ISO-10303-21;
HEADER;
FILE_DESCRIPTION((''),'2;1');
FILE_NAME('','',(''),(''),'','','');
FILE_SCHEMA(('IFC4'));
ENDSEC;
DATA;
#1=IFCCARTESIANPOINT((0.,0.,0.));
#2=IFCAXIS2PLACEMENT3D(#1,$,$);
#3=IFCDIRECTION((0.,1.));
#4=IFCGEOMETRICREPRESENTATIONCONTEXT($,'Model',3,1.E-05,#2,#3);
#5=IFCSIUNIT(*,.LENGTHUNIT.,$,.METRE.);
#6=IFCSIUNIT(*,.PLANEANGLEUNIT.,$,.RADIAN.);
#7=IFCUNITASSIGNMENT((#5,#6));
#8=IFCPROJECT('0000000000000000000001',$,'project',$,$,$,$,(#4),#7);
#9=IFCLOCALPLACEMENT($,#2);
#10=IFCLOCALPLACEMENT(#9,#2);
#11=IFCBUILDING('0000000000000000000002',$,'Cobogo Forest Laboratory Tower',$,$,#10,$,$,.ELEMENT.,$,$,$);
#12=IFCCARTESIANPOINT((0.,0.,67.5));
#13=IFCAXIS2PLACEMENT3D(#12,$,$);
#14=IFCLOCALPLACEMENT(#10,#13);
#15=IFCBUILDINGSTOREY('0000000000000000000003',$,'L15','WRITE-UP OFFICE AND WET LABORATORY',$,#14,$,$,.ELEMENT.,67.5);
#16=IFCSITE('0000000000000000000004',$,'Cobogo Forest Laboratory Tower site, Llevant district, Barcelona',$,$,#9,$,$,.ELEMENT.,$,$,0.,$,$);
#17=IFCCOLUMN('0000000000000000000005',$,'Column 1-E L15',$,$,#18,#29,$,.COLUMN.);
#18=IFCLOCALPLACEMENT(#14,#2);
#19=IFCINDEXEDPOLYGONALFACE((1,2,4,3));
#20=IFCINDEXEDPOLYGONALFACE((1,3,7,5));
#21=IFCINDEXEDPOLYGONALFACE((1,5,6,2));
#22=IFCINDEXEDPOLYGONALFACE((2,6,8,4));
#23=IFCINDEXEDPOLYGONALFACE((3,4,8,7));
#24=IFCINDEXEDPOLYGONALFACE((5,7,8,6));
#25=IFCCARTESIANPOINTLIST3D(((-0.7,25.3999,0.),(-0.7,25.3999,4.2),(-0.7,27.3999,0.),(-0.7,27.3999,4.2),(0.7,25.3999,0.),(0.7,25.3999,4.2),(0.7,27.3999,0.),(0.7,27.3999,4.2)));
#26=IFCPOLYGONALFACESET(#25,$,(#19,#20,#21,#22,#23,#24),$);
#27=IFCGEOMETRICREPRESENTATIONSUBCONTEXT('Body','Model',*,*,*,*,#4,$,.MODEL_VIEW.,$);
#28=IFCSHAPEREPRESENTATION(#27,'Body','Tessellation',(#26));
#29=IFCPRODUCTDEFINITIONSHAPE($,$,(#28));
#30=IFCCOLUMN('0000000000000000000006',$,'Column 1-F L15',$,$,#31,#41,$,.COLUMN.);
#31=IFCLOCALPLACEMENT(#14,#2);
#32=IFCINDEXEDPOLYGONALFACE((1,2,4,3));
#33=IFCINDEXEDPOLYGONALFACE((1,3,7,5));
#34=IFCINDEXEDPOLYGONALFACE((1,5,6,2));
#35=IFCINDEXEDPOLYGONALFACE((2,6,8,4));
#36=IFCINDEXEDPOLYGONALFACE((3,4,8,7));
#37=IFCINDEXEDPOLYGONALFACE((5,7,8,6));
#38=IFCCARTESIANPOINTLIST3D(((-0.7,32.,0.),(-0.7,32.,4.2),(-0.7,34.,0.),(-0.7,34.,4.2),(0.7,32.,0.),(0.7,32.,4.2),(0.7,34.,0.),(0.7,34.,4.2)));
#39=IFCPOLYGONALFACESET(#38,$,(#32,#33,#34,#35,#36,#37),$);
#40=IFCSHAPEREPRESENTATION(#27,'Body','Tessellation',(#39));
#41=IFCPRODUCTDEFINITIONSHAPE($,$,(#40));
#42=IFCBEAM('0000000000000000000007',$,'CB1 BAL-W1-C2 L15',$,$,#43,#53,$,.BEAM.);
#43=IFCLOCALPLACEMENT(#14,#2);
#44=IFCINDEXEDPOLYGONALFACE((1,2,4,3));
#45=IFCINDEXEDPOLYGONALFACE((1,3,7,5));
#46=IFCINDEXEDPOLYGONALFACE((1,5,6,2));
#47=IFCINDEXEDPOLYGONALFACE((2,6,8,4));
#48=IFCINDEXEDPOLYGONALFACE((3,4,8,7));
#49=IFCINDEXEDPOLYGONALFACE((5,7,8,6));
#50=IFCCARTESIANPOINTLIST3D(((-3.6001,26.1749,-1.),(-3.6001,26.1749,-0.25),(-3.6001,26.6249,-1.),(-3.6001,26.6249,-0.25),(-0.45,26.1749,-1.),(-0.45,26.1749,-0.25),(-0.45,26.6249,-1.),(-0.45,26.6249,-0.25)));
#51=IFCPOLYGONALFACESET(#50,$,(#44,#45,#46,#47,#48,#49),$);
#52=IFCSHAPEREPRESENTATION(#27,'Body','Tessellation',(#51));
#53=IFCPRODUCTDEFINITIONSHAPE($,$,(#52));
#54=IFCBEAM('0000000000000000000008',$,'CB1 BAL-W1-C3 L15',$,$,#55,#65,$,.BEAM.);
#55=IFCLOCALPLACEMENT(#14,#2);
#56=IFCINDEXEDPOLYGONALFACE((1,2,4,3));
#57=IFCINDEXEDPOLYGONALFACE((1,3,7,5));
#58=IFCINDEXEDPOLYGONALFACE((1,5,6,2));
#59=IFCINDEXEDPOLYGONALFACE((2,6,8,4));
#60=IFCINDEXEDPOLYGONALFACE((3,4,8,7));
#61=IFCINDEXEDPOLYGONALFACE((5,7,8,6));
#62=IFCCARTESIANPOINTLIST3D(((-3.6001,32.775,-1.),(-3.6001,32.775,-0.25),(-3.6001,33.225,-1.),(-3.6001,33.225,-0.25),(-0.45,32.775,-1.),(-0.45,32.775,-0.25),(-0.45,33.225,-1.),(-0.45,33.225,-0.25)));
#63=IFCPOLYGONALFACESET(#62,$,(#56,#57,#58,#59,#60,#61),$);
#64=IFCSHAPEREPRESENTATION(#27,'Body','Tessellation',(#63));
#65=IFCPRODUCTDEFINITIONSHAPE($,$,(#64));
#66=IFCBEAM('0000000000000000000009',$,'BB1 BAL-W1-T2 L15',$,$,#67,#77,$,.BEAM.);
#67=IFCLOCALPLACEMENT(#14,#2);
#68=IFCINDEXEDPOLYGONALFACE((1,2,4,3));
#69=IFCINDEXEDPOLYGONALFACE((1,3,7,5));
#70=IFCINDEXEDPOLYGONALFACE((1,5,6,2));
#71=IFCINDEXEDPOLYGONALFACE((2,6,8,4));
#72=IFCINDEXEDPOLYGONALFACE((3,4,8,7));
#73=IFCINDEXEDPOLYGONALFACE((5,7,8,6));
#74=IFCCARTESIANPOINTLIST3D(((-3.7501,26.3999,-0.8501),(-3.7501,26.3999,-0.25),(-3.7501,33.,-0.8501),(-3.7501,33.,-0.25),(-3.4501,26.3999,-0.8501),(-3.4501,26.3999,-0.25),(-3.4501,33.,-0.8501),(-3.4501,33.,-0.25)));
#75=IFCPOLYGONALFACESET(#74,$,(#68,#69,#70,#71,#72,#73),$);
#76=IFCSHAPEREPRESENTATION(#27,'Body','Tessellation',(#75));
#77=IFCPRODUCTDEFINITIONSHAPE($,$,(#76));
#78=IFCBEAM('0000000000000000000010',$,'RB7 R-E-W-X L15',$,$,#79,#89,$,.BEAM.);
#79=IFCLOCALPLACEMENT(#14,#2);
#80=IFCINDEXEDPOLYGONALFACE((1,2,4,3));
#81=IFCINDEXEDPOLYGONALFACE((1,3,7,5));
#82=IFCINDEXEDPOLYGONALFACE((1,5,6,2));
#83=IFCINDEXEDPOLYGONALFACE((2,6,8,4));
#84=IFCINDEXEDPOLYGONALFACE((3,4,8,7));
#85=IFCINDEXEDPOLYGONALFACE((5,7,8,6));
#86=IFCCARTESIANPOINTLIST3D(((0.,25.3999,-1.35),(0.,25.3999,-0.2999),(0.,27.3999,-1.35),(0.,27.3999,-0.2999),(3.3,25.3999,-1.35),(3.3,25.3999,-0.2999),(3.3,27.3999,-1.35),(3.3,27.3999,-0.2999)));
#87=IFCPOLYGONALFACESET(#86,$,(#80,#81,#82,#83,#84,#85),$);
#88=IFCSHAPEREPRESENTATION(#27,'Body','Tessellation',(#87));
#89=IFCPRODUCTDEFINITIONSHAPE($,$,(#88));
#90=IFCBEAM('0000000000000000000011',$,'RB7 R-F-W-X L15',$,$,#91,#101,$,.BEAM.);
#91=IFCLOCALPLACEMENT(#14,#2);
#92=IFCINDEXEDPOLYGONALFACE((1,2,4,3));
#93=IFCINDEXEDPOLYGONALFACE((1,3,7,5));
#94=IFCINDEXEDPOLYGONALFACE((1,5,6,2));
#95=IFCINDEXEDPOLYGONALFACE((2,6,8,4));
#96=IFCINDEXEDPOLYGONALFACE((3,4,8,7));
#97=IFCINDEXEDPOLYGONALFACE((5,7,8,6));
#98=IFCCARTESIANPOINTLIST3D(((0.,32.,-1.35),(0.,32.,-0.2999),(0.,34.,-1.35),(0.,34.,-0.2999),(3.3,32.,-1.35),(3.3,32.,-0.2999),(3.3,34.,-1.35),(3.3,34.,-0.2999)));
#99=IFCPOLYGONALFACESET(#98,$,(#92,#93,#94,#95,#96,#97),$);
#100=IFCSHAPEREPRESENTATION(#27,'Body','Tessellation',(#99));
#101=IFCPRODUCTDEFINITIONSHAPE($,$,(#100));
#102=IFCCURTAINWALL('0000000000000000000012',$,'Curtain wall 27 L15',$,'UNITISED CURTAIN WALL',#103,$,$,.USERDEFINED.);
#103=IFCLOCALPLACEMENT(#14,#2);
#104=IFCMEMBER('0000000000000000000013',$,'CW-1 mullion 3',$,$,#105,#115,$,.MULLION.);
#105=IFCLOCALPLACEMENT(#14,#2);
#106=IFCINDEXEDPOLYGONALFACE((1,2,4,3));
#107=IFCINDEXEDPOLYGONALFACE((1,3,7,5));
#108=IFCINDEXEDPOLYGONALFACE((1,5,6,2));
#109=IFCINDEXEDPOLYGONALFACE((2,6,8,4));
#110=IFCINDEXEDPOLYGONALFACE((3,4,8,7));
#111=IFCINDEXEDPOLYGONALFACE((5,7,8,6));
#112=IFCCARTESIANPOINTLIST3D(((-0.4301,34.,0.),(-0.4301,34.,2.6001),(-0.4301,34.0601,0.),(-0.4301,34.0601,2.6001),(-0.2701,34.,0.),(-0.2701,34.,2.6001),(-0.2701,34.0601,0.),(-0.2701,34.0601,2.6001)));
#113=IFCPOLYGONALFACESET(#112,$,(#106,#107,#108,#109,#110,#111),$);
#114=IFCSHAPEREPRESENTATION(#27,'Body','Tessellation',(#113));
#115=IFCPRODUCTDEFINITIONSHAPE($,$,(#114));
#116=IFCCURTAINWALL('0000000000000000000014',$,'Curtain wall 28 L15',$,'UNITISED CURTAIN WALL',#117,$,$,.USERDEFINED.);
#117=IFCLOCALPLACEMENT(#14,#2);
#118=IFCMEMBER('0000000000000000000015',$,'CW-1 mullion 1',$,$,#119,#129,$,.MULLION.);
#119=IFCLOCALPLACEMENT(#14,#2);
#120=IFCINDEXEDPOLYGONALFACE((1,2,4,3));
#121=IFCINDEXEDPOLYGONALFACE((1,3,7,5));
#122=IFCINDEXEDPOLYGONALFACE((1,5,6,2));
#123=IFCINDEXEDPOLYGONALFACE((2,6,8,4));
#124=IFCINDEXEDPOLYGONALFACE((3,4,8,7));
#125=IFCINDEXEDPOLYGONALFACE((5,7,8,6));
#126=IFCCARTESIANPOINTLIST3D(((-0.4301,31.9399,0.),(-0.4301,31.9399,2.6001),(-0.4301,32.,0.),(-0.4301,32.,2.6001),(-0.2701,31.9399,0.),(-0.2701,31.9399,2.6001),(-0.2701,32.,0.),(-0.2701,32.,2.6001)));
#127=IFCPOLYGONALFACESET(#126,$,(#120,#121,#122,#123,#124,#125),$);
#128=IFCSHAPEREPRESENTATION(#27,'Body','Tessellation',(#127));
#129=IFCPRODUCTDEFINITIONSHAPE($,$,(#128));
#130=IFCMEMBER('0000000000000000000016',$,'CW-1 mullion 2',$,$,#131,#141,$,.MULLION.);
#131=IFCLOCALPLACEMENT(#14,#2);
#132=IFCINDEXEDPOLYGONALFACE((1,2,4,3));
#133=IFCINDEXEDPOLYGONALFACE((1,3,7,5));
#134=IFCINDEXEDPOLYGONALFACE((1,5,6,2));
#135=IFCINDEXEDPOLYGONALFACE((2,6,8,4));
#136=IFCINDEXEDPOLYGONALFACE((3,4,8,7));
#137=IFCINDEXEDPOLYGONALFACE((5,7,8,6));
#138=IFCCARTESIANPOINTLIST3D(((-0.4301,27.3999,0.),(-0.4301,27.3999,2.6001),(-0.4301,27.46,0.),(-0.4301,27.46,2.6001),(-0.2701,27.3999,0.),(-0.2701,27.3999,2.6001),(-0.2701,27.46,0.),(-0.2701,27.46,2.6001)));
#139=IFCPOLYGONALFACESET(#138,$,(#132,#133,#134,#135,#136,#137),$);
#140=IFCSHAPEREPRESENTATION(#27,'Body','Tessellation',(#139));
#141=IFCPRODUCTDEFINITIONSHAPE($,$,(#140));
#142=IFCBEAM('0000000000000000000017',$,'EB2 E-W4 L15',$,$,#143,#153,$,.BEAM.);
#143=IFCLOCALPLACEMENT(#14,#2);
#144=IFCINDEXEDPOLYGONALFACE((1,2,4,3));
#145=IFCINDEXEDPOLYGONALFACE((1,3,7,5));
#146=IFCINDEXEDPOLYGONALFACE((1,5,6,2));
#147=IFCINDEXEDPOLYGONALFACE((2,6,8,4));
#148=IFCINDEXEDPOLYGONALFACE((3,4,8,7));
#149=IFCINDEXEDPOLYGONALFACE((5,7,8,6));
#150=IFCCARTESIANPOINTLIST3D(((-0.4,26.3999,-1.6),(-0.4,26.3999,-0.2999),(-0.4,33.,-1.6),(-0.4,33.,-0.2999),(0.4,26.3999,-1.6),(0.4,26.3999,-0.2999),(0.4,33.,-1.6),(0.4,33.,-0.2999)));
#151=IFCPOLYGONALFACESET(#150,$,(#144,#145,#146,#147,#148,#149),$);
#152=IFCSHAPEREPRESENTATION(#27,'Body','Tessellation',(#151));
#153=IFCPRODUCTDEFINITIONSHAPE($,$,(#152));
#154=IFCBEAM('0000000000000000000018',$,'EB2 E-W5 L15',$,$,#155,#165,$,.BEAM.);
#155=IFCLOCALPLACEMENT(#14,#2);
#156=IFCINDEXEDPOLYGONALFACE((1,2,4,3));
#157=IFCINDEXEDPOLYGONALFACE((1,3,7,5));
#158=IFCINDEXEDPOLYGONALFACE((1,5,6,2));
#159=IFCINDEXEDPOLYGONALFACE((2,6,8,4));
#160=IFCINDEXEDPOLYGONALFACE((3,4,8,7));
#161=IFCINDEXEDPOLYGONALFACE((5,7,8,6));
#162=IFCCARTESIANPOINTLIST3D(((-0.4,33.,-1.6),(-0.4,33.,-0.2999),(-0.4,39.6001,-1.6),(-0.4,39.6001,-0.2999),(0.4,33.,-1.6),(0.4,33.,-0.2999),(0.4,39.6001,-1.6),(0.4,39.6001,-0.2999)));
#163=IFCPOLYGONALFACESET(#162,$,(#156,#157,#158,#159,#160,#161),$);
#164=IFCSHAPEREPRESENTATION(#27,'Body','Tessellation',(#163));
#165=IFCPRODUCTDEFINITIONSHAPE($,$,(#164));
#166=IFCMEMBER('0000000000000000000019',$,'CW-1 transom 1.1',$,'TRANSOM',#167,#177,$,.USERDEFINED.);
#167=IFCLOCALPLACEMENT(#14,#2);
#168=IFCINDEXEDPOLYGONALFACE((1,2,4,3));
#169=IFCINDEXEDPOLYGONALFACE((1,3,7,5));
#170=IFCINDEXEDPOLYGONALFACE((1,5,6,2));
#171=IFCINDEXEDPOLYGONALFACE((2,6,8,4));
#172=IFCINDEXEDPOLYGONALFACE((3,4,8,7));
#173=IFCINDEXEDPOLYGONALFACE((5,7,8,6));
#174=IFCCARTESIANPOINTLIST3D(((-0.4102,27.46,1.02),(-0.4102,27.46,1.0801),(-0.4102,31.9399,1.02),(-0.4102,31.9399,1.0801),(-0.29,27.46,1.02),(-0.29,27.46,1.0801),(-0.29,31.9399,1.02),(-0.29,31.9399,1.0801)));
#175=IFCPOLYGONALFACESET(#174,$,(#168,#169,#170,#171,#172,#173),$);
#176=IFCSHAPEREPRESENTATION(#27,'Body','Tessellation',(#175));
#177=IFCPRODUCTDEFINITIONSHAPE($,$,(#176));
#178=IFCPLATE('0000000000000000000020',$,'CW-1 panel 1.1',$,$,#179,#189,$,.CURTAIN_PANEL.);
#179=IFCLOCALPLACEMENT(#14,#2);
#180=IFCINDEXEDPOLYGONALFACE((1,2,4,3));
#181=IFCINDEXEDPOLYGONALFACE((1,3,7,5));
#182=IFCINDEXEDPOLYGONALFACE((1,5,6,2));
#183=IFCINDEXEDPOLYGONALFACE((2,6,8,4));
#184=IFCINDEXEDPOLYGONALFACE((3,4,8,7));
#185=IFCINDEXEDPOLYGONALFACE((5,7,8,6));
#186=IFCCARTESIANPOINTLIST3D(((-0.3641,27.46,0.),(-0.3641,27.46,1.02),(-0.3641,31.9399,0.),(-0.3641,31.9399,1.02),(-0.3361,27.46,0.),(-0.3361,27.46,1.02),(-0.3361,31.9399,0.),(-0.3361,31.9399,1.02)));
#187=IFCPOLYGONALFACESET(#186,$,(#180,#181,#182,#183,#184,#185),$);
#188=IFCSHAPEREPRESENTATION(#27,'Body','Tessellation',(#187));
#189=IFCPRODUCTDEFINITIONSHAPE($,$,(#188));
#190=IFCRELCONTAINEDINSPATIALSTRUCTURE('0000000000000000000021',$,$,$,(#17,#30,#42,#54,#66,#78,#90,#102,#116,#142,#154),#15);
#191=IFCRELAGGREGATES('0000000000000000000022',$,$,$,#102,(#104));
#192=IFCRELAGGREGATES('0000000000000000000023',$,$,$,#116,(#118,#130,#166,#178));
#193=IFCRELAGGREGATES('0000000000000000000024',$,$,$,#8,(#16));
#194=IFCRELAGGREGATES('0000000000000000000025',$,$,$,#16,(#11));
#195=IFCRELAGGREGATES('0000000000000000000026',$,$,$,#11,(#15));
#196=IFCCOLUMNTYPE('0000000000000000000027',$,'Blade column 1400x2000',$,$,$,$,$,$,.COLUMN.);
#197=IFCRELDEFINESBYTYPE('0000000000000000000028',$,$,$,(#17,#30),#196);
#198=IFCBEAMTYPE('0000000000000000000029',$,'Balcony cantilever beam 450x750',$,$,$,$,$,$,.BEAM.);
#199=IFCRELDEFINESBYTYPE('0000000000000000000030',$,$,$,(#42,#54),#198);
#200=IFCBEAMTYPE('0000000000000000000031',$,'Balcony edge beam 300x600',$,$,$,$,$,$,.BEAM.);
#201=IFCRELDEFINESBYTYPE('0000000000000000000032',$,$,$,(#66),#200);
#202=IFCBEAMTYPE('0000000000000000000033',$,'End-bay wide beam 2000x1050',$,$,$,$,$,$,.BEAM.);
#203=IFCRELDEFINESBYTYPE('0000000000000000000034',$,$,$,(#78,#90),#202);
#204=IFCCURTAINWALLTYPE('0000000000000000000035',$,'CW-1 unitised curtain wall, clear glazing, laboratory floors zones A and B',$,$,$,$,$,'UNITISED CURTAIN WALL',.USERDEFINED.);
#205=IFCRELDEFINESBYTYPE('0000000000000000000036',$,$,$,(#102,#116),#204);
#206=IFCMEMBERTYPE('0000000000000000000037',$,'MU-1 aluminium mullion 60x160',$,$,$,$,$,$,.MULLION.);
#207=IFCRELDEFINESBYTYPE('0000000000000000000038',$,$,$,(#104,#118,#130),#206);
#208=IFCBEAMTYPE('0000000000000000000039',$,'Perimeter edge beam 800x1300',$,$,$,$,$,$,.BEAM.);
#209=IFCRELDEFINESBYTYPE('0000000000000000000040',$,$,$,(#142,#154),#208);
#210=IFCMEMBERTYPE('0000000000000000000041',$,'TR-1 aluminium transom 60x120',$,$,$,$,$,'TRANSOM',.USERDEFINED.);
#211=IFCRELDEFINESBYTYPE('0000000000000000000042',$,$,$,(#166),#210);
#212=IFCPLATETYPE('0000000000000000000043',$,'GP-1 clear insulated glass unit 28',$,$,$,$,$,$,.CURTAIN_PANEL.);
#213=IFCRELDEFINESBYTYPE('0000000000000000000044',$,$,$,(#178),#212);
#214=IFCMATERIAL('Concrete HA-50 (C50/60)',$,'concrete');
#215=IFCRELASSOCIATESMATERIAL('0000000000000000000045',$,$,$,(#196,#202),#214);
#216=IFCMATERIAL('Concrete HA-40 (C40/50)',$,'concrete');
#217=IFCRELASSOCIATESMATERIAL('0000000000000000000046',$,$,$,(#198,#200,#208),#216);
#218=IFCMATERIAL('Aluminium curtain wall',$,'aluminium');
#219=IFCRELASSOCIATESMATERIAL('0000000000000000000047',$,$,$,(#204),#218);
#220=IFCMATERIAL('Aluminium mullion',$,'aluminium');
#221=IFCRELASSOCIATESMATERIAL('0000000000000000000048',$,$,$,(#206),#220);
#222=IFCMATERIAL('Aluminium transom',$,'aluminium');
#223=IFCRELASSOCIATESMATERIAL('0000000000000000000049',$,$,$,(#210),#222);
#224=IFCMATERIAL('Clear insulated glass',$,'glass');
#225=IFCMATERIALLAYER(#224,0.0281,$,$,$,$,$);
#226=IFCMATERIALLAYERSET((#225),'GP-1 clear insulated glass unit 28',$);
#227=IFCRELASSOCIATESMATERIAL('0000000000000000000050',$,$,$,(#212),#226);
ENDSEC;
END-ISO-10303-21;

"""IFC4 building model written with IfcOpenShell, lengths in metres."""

from ifc_helpers import new_model, si_unit, direction, frame, origin, origin_2d, place, context, subcontext, project, spatial, rectangle, extrude, material, layer, layer_set, material_profile, profile_set, type_object, element, aggregate, save


model = new_model("IFC4")

# Units and contexts
model_context = context("Model", 3, precision=1e-05, world=origin(), true_north=direction((0.0, 1.0)))
body_context = subcontext(model_context, "Body", "Model", "MODEL_VIEW")
ifc_project = project(units=[si_unit("LENGTHUNIT", "METRE"), si_unit("PLANEANGLEUNIT", "RADIAN")], contexts=[model_context])

# Site, building, storey
site_placement = place(None, origin())
site = spatial("IfcSite", under=ifc_project, at=site_placement, Name="Cobogo Forest Laboratory Tower site, Llevant district, Barcelona", CompositionType="ELEMENT", RefElevation=0.0)
building_placement = place(site_placement, origin())
building = spatial("IfcBuilding", under=site, at=building_placement, Name="Cobogo Forest Laboratory Tower", CompositionType="ELEMENT")
storey_placement = place(building_placement, frame((0.0, 0.0, 67.5)))
storey = spatial("IfcBuildingStorey", under=building, at=storey_placement, Name="L15", Description="WRITE-UP OFFICE AND WET LABORATORY", CompositionType="ELEMENT", Elevation=67.5)

# Columns
ifc_material_1 = material(Name="Concrete HA-50 (C50/60)", Category="concrete")
ifc_material_profile_1 = material_profile(ifc_material_1, rectangle(XDim=2.0, YDim=1.3999, at=origin_2d()), Name="RC 1400x2000")
ifc_profile_set_1 = profile_set([ifc_material_profile_1], Name="Concrete HA-50 (C50/60)")
column_type = type_object("IfcColumnType", Name="Blade column 1400x2000", PredefinedType="COLUMN", material=ifc_profile_set_1)
for number, where, z_axis, x_axis, name in (
    (1, (0.0, 26.3999, 0.0), (0.0, 0.0, 1.0), (0.0, 1.0, 0.0), "Column 1-E L15"),
    (2, (0.0, 33.0, 0.0), (0.0, 0.0, 1.0), (0.0, 1.0, 0.0), "Column 1-F L15"),
):
    element("IfcColumn", number, at=place(storey_placement, frame(where, z_axis=z_axis, x_axis=x_axis)), inside=storey, type_object=column_type, Name=name, PredefinedType="COLUMN", context=body_context, shape_type="SweptSolid", body=[
        extrude(rectangle(XDim=2.0, YDim=1.3999, at=origin_2d()), origin(), (0.0, 0.0, 1.0), 4.2),
    ])

# Beams
ifc_material_2 = material(Name="Concrete HA-40 (C40/50)", Category="concrete")
ifc_material_profile_2 = material_profile(ifc_material_2, rectangle(XDim=0.45, YDim=0.75, at=origin_2d()), Name="RC 450x750")
ifc_profile_set_2 = profile_set([ifc_material_profile_2], Name="Concrete HA-40 (C40/50)")
beam_type_1 = type_object("IfcBeamType", Name="Balcony cantilever beam 450x750", PredefinedType="BEAM", material=ifc_profile_set_2)
for number, where, z_axis, x_axis, name in (
    (3, (-0.45, 26.3999, -0.625), (-1.0, 0.0, 0.0), (0.0, -1.0, 0.0), "CB1 BAL-W1-C2 L15"),
    (4, (-0.45, 33.0, -0.625), (-1.0, 0.0, 0.0), (0.0, -1.0, 0.0), "CB1 BAL-W1-C3 L15"),
):
    element("IfcBeam", number, at=place(storey_placement, frame(where, z_axis=z_axis, x_axis=x_axis)), inside=storey, type_object=beam_type_1, Name=name, PredefinedType="BEAM", context=body_context, shape_type="SweptSolid", body=[
        extrude(rectangle(XDim=0.45, YDim=0.75, at=origin_2d()), origin(), (0.0, 0.0, 1.0), 3.1501),
    ])
ifc_material_profile_3 = material_profile(ifc_material_2, rectangle(XDim=0.3, YDim=0.6001, at=origin_2d()), Name="RC 300x600")
ifc_profile_set_3 = profile_set([ifc_material_profile_3], Name="Concrete HA-40 (C40/50)")
beam_type_2 = type_object("IfcBeamType", Name="Balcony edge beam 300x600", PredefinedType="BEAM", material=ifc_profile_set_3)
beam_placement = place(storey_placement, frame((-3.6001, 26.3999, -0.55), z_axis=(0.0, 1.0, 0.0), x_axis=(-1.0, 0.0, 0.0)))
element("IfcBeam", 5, at=beam_placement, inside=storey, type_object=beam_type_2, Name="BB1 BAL-W1-T2 L15", PredefinedType="BEAM", context=body_context, shape_type="SweptSolid", body=[
    extrude(rectangle(XDim=0.3, YDim=0.6001, at=origin_2d()), origin(), (0.0, 0.0, 1.0), 6.6001),
])
ifc_material_profile_4 = material_profile(ifc_material_1, rectangle(XDim=2.0, YDim=1.05, at=origin_2d()), Name="RC 2000x1050")
ifc_profile_set_4 = profile_set([ifc_material_profile_4], Name="Concrete HA-50 (C50/60)")
beam_type_3 = type_object("IfcBeamType", Name="End-bay wide beam 2000x1050", PredefinedType="BEAM", material=ifc_profile_set_4)
for number, where, z_axis, x_axis, name in (
    (6, (0.0, 26.3999, -0.825), (1.0, 0.0, 0.0), (0.0, 1.0, 0.0), "RB7 R-E-W-X L15"),
    (7, (0.0, 33.0, -0.825), (1.0, 0.0, 0.0), (0.0, 1.0, 0.0), "RB7 R-F-W-X L15"),
):
    element("IfcBeam", number, at=place(storey_placement, frame(where, z_axis=z_axis, x_axis=x_axis)), inside=storey, type_object=beam_type_3, Name=name, PredefinedType="BEAM", context=body_context, shape_type="SweptSolid", body=[
        extrude(rectangle(XDim=2.0, YDim=1.05, at=origin_2d()), origin(), (0.0, 0.0, 1.0), 3.3),
    ])

# Curtain wall, member
ifc_material_3 = material(Name="Aluminium curtain wall", Category="aluminium")
curtain_wall_type = type_object("IfcCurtainWallType", Name="CW-1 unitised curtain wall, clear glazing, laboratory floors zones A and B", ElementType="UNITISED CURTAIN WALL", PredefinedType="USERDEFINED", material=ifc_material_3)
curtain_wall_1_placement = place(storey_placement, origin())
curtain_wall_1 = element("IfcCurtainWall", 8, at=curtain_wall_1_placement, inside=storey, type_object=curtain_wall_type, Name="Curtain wall 27 L15", ObjectType="UNITISED CURTAIN WALL", PredefinedType="USERDEFINED")
ifc_material_4 = material(Name="Aluminium mullion", Category="aluminium")
ifc_material_profile_5 = material_profile(ifc_material_4, rectangle(XDim=0.0601, YDim=0.1599, at=origin_2d()), Name="AL 60x160")
ifc_profile_set_5 = profile_set([ifc_material_profile_5], Name="Aluminium mullion")
member_type_1 = type_object("IfcMemberType", Name="MU-1 aluminium mullion 60x160", PredefinedType="MULLION", material=ifc_profile_set_5)
member_1_placement = place(storey_placement, frame((-0.3501, 34.03, 0.0), z_axis=(0.0, 0.0, 1.0), x_axis=(0.0, -1.0, 0.0)))
member_1 = element("IfcMember", 9, at=member_1_placement, type_object=member_type_1, Name="CW-1 mullion 3", PredefinedType="MULLION", context=body_context, shape_type="SweptSolid", body=[
    extrude(rectangle(XDim=0.0601, YDim=0.1599, at=origin_2d()), origin(), (0.0, 0.0, 1.0), 2.6001),
])
aggregate(curtain_wall_1, [member_1])

# Curtain wall, members
curtain_wall_2_placement = place(storey_placement, origin())
curtain_wall_2 = element("IfcCurtainWall", 10, at=curtain_wall_2_placement, inside=storey, type_object=curtain_wall_type, Name="Curtain wall 28 L15", ObjectType="UNITISED CURTAIN WALL", PredefinedType="USERDEFINED")
member_2_placement = place(storey_placement, frame((-0.3501, 31.97, 0.0), z_axis=(0.0, 0.0, 1.0), x_axis=(0.0, -1.0, 0.0)))
member_2 = element("IfcMember", 11, at=member_2_placement, type_object=member_type_1, Name="CW-1 mullion 1", PredefinedType="MULLION", context=body_context, shape_type="SweptSolid", body=[
    extrude(rectangle(XDim=0.0601, YDim=0.1599, at=origin_2d()), origin(), (0.0, 0.0, 1.0), 2.6001),
])
member_3_placement = place(storey_placement, frame((-0.3501, 27.4299, 0.0), z_axis=(0.0, 0.0, 1.0), x_axis=(0.0, -1.0, 0.0)))
member_3 = element("IfcMember", 12, at=member_3_placement, type_object=member_type_1, Name="CW-1 mullion 2", PredefinedType="MULLION", context=body_context, shape_type="SweptSolid", body=[
    extrude(rectangle(XDim=0.0601, YDim=0.1599, at=origin_2d()), origin(), (0.0, 0.0, 1.0), 2.6001),
])

# Beams
ifc_material_profile_6 = material_profile(ifc_material_2, rectangle(XDim=0.8, YDim=1.3, at=origin_2d()), Name="RC 800x1300")
ifc_profile_set_6 = profile_set([ifc_material_profile_6], Name="Concrete HA-40 (C40/50)")
beam_type_4 = type_object("IfcBeamType", Name="Perimeter edge beam 800x1300", PredefinedType="BEAM", material=ifc_profile_set_6)
for number, where, z_axis, x_axis, name in (
    (13, (0.0, 26.3999, -0.95), (0.0, 1.0, 0.0), (-1.0, 0.0, 0.0), "EB2 E-W4 L15"),
    (14, (0.0, 33.0, -0.95), (0.0, 1.0, 0.0), (-1.0, 0.0, 0.0), "EB2 E-W5 L15"),
):
    element("IfcBeam", number, at=place(storey_placement, frame(where, z_axis=z_axis, x_axis=x_axis)), inside=storey, type_object=beam_type_4, Name=name, PredefinedType="BEAM", context=body_context, shape_type="SweptSolid", body=[
        extrude(rectangle(XDim=0.8, YDim=1.3, at=origin_2d()), origin(), (0.0, 0.0, 1.0), 6.6001),
    ])

# Member
ifc_material_5 = material(Name="Aluminium transom", Category="aluminium")
ifc_material_profile_7 = material_profile(ifc_material_5, rectangle(XDim=0.1201, YDim=0.0601, at=origin_2d()), Name="AL 60x120")
ifc_profile_set_7 = profile_set([ifc_material_profile_7], Name="Aluminium transom")
member_type_2 = type_object("IfcMemberType", Name="TR-1 aluminium transom 60x120", ElementType="TRANSOM", PredefinedType="USERDEFINED", material=ifc_profile_set_7)
member_4_placement = place(storey_placement, frame((-0.3501, 31.9399, 1.05), z_axis=(0.0, -1.0, 0.0), x_axis=(1.0, 0.0, 0.0)))
member_4 = element("IfcMember", 15, at=member_4_placement, type_object=member_type_2, Name="CW-1 transom 1.1", ObjectType="TRANSOM", PredefinedType="USERDEFINED", context=body_context, shape_type="SweptSolid", body=[
    extrude(rectangle(XDim=0.1201, YDim=0.0601, at=origin_2d()), origin(), (0.0, 0.0, 1.0), 4.48),
])

# Plate
ifc_material_6 = material(Name="Clear insulated glass", Category="glass")
ifc_layer_1 = layer(ifc_material_6, 0.0281)
ifc_layer_set_1 = layer_set([ifc_layer_1], Name="GP-1 clear insulated glass unit 28")
plate_type = type_object("IfcPlateType", Name="GP-1 clear insulated glass unit 28", PredefinedType="CURTAIN_PANEL", material=ifc_layer_set_1)
plate_1_placement = place(storey_placement, frame((-0.3501, 29.7, 0.0), z_axis=(0.0, 0.0, 1.0), x_axis=(0.0, -1.0, 0.0)))
plate_1 = element("IfcPlate", 16, at=plate_1_placement, type_object=plate_type, Name="CW-1 panel 1.1", PredefinedType="CURTAIN_PANEL", context=body_context, shape_type="SweptSolid", body=[
    extrude(rectangle(XDim=4.48, YDim=0.0281, at=origin_2d()), origin(), (0.0, 0.0, 1.0), 1.02),
])
aggregate(curtain_wall_2, [member_2, member_3, member_4, plate_1])

save(model, "model.ifc")
